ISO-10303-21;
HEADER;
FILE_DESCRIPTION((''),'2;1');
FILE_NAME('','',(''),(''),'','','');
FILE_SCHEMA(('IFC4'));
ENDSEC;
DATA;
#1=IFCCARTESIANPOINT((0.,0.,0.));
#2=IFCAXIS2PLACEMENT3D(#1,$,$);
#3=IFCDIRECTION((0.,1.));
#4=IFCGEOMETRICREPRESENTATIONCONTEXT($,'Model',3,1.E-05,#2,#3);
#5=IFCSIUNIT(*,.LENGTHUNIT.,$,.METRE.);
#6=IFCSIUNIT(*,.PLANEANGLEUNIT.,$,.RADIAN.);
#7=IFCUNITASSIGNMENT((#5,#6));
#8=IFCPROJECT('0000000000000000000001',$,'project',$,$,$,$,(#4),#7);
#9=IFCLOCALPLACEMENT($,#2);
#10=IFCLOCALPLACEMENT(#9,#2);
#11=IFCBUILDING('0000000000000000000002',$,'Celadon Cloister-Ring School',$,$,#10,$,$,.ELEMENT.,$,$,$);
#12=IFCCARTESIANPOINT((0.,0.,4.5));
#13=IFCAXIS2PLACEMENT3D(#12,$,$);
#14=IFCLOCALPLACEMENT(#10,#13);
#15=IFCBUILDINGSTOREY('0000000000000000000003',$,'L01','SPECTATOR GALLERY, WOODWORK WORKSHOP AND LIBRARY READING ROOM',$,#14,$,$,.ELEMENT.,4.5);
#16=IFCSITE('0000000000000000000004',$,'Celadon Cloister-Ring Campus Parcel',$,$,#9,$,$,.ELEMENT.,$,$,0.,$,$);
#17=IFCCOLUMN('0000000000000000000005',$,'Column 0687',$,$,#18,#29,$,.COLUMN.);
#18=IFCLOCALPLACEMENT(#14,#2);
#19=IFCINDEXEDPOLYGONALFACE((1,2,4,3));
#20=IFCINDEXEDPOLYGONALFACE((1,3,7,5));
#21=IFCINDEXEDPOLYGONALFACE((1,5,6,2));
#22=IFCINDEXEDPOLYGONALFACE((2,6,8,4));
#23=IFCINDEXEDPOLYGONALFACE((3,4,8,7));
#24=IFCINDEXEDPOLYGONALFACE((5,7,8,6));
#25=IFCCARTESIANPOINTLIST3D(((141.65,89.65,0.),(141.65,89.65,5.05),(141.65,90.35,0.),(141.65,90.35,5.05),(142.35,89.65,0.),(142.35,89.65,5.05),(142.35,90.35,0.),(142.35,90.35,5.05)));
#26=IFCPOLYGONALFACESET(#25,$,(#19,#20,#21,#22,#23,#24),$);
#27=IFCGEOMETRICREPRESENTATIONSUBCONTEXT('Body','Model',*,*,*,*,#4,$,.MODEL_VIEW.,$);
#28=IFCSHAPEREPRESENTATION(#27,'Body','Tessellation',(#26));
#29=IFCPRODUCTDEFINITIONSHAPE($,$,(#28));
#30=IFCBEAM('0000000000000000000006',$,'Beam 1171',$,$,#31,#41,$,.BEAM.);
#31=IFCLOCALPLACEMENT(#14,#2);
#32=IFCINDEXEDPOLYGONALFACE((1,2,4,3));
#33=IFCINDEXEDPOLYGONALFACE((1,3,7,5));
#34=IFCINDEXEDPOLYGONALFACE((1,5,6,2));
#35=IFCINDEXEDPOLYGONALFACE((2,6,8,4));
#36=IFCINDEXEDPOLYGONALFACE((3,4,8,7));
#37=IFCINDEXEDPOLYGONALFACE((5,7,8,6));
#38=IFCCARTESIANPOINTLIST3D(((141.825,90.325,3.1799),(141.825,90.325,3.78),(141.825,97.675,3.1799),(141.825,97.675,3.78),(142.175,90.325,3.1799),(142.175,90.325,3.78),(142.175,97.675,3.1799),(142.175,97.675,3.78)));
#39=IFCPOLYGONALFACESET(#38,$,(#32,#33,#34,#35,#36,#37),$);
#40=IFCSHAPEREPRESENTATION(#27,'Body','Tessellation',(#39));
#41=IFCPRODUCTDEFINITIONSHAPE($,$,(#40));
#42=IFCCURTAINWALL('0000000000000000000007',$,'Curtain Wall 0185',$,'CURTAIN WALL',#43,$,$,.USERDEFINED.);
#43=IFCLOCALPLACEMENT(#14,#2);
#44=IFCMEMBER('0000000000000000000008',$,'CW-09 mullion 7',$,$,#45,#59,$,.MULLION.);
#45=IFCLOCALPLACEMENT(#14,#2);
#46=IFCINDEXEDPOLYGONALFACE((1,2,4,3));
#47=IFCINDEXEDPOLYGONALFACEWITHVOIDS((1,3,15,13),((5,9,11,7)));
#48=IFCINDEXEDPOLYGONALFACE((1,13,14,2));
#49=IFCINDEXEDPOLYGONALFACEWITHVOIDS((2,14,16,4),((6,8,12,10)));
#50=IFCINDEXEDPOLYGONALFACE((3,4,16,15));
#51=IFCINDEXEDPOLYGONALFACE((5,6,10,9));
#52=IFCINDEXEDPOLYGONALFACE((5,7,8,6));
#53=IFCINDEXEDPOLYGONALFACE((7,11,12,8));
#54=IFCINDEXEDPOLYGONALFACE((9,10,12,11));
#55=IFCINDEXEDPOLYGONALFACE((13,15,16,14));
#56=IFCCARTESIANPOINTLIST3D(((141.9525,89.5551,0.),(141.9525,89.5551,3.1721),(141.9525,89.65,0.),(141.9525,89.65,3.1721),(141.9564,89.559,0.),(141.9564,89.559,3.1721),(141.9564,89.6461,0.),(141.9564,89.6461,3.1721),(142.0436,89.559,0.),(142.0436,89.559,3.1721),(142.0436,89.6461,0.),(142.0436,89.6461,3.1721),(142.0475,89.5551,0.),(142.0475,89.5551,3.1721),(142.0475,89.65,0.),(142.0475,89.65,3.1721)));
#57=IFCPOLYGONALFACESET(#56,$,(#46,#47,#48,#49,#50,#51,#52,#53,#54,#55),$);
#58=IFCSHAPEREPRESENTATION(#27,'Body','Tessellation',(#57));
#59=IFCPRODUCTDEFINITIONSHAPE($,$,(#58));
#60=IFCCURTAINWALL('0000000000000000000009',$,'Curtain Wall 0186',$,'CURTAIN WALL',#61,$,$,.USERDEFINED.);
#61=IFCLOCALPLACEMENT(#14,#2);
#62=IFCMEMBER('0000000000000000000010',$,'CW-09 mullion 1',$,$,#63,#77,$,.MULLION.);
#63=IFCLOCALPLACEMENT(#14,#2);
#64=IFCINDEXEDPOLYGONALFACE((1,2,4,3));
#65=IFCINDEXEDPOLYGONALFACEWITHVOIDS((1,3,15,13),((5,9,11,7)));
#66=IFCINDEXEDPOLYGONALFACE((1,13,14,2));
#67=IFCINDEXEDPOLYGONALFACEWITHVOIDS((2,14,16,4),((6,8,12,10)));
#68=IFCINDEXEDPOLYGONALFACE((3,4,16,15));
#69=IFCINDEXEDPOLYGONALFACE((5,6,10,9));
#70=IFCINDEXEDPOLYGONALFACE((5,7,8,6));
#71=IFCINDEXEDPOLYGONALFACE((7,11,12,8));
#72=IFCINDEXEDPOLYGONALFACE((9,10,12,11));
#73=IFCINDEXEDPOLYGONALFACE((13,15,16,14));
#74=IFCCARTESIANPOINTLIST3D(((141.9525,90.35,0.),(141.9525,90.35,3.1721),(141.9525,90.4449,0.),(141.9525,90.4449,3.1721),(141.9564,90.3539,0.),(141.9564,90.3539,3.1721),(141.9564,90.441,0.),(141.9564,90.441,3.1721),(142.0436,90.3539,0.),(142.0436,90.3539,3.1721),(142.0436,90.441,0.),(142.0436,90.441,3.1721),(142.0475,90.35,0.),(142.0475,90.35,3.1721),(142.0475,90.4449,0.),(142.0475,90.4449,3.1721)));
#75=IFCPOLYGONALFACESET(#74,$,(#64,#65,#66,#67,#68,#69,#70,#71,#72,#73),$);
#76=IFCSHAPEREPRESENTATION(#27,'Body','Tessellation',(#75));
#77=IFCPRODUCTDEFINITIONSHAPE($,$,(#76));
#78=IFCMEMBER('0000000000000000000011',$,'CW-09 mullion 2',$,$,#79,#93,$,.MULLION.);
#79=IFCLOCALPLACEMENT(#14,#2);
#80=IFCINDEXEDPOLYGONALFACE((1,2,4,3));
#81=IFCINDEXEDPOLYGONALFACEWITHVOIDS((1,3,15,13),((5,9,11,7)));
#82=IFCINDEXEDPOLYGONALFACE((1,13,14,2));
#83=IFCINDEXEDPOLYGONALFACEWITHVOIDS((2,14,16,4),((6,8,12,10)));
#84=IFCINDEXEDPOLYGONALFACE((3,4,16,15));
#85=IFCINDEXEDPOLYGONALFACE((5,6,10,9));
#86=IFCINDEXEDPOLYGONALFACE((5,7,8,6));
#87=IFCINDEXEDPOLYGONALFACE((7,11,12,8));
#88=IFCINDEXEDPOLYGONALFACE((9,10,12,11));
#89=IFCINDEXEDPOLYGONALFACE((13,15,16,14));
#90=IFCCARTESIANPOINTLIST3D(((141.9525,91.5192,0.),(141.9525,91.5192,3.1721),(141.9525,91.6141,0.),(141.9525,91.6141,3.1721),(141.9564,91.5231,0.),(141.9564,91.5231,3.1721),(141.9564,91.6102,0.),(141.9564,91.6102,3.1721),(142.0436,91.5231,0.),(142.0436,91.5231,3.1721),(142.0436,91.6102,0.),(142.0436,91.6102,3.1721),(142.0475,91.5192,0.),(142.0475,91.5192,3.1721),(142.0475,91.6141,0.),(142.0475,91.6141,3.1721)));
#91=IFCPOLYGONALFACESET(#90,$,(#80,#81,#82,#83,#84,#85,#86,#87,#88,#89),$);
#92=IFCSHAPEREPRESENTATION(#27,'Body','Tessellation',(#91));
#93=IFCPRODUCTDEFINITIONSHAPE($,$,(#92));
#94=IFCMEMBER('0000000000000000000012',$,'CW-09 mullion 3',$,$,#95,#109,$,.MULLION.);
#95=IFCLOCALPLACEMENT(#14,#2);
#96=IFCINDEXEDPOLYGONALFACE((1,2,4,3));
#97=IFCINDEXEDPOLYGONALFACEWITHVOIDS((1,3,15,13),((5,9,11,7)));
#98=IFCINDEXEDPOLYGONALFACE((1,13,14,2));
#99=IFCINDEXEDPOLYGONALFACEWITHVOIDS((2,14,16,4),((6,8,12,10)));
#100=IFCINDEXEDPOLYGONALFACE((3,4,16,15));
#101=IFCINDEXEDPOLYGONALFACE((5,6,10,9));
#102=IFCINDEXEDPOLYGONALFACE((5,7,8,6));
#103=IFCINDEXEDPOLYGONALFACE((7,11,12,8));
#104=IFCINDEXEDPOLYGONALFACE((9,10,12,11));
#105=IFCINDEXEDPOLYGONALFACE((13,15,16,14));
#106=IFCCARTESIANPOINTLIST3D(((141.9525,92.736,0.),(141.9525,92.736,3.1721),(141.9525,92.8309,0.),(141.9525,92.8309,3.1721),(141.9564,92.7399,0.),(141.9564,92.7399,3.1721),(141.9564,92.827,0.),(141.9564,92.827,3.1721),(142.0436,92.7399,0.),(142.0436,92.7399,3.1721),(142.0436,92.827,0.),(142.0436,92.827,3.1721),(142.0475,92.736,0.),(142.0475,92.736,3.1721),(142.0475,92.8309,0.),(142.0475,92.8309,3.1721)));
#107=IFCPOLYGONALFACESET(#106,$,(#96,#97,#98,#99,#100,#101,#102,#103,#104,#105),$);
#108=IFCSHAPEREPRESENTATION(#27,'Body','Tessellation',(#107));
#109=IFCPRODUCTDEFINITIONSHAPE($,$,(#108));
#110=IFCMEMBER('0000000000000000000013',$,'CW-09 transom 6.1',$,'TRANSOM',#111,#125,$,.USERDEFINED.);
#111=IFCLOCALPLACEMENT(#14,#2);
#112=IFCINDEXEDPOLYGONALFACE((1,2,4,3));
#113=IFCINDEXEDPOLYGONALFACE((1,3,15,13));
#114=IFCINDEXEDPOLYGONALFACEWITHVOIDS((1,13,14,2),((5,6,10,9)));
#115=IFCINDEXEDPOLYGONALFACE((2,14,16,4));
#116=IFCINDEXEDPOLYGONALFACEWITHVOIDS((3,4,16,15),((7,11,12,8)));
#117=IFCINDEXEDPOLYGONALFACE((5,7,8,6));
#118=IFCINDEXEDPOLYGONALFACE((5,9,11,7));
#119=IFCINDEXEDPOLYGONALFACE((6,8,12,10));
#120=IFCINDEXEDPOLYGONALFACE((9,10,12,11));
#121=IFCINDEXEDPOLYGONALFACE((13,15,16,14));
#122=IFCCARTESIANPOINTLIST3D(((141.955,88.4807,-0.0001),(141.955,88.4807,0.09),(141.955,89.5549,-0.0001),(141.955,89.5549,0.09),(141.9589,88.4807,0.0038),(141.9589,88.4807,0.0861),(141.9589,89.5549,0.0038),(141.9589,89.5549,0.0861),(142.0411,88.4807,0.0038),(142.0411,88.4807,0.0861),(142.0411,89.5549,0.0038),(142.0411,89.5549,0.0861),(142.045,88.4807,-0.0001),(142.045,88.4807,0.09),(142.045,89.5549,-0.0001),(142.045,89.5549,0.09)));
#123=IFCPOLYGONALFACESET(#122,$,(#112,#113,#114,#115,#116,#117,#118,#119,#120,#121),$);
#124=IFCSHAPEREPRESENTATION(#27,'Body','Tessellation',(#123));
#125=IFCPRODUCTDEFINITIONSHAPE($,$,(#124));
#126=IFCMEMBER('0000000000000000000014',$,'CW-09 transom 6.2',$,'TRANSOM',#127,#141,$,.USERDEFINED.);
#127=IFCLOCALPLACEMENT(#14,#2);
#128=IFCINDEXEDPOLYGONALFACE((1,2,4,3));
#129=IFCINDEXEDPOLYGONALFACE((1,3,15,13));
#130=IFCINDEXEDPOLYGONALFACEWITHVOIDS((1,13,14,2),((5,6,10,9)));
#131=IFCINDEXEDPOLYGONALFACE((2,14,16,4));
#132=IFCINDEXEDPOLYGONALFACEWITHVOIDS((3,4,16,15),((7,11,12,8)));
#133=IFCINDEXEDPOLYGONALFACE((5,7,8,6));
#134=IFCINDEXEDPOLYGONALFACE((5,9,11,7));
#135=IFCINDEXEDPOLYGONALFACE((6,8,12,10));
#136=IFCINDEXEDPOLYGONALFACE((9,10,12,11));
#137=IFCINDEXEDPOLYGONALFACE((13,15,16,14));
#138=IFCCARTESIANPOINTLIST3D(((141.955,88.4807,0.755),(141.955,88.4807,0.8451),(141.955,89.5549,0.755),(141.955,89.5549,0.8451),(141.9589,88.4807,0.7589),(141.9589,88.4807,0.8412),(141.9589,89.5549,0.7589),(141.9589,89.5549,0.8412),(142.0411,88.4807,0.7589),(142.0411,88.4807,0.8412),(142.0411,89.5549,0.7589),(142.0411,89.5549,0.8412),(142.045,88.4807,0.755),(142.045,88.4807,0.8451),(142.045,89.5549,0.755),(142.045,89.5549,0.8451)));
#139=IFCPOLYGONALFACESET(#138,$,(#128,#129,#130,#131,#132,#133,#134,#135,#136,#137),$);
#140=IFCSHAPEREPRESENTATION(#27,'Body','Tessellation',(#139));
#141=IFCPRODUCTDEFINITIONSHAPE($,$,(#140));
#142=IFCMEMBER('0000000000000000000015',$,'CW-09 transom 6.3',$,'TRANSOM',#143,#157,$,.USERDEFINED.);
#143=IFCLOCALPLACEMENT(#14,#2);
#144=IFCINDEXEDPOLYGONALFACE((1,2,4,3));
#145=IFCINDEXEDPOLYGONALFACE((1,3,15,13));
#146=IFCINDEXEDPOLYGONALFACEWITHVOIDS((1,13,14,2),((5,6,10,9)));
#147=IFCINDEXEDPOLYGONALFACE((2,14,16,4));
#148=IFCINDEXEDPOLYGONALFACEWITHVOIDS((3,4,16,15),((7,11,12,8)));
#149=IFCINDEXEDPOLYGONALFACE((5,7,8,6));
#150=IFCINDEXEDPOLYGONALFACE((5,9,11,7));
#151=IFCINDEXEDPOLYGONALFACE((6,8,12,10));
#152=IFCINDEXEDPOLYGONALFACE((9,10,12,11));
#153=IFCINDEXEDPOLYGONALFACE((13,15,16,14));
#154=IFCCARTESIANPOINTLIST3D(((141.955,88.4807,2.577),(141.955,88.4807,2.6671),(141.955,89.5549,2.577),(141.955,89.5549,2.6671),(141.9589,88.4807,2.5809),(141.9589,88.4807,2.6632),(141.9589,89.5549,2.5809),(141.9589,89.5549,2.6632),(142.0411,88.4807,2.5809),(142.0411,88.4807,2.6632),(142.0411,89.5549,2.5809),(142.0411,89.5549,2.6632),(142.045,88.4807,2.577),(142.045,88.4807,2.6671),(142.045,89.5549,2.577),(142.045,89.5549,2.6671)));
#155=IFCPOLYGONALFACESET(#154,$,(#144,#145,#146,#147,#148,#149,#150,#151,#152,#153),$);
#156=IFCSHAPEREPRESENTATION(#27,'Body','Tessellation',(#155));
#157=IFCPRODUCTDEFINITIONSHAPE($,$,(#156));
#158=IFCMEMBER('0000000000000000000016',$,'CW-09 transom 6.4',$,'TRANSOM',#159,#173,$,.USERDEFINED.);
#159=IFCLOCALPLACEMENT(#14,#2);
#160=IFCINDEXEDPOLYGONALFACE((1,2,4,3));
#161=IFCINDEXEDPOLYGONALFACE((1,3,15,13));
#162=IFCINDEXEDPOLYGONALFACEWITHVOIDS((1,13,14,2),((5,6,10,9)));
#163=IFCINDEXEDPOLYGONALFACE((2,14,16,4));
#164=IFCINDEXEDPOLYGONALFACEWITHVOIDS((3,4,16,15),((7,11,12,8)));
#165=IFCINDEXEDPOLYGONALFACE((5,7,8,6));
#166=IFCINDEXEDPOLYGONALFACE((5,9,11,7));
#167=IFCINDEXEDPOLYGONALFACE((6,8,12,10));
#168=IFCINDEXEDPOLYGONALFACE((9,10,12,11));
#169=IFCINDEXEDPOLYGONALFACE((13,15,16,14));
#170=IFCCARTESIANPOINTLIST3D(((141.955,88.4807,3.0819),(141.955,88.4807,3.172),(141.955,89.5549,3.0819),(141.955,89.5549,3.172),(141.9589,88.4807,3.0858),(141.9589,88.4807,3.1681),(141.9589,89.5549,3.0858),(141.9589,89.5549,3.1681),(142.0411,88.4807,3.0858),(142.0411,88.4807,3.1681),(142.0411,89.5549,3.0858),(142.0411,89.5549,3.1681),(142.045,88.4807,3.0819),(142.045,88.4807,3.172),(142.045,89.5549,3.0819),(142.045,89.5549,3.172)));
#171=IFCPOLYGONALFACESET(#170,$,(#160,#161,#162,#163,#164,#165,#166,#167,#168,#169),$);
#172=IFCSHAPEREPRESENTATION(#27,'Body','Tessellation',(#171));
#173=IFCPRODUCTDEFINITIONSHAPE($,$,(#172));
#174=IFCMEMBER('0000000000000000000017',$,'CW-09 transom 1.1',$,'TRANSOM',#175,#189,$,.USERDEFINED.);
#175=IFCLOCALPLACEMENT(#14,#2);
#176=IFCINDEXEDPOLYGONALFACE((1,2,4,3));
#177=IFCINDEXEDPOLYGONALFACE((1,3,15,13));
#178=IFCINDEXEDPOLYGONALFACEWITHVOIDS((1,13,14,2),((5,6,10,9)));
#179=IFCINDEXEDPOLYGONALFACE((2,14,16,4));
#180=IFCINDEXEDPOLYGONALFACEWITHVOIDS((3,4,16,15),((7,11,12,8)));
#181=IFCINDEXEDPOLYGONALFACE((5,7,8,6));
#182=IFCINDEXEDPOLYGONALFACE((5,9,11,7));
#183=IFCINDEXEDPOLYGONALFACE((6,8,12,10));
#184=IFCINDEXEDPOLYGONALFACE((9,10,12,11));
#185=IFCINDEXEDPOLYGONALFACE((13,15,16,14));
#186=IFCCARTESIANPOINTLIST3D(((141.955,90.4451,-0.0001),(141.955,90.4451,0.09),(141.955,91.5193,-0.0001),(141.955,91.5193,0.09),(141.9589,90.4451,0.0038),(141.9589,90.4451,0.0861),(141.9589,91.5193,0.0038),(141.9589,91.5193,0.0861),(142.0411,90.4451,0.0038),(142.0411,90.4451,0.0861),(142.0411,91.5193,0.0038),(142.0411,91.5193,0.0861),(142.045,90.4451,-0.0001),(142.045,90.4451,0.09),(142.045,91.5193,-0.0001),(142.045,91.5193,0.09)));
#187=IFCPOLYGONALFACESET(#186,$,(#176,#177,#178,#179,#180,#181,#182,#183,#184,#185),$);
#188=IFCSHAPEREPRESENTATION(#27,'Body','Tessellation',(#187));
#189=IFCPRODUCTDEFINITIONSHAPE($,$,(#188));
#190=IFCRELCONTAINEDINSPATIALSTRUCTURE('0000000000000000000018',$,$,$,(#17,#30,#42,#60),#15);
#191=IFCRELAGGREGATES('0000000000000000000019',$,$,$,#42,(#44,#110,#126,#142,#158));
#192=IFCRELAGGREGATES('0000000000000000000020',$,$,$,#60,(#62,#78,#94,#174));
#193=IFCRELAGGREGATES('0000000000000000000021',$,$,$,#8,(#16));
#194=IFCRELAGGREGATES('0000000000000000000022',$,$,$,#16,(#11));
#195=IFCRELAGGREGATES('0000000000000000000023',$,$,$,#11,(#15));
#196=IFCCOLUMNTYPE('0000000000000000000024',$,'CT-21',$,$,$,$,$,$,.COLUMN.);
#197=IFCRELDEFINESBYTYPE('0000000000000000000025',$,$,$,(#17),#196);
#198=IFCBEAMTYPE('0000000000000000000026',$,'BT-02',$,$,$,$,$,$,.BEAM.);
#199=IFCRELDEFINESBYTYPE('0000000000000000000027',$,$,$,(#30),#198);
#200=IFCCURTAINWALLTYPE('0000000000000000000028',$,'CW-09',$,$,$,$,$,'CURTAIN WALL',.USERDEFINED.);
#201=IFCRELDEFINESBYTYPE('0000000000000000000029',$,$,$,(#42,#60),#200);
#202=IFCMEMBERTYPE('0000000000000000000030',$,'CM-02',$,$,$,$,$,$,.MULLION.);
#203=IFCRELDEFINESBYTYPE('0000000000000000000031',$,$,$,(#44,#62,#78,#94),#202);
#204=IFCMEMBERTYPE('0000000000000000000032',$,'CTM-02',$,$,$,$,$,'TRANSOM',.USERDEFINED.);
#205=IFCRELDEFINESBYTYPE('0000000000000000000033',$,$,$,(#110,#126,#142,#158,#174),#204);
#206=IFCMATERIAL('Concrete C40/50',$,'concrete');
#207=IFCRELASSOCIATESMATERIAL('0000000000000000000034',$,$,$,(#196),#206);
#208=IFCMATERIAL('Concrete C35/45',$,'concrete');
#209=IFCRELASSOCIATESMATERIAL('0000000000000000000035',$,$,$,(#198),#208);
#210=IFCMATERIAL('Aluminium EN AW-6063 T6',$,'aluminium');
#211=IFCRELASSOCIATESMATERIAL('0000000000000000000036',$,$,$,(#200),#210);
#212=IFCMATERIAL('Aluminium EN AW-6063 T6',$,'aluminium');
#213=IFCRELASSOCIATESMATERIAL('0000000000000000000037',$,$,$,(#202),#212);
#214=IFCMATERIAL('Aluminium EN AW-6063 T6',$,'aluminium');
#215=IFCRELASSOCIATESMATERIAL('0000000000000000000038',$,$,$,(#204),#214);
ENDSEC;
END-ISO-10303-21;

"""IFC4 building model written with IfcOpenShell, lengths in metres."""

from ifc_helpers import new_model, si_unit, direction, frame, origin, origin_2d, place, context, subcontext, project, spatial, rectangle, hollow_rectangle, extrude, material, material_profile, profile_set, type_object, element, aggregate, save


model = new_model("IFC4")

# Units and contexts
model_context = context("Model", 3, precision=1e-05, world=origin(), true_north=direction((0.0, 1.0)))
body_context = subcontext(model_context, "Body", "Model", "MODEL_VIEW")
ifc_project = project(units=[si_unit("LENGTHUNIT", "METRE"), si_unit("PLANEANGLEUNIT", "RADIAN")], contexts=[model_context])

# Site, building, storey
site_placement = place(None, origin())
site = spatial("IfcSite", under=ifc_project, at=site_placement, Name="Celadon Cloister-Ring Campus Parcel", CompositionType="ELEMENT", RefElevation=0.0)
building_placement = place(site_placement, origin())
building = spatial("IfcBuilding", under=site, at=building_placement, Name="Celadon Cloister-Ring School", CompositionType="ELEMENT")
storey_placement = place(building_placement, frame((0.0, 0.0, 4.5)))
storey = spatial("IfcBuildingStorey", under=building, at=storey_placement, Name="L01", Description="SPECTATOR GALLERY, WOODWORK WORKSHOP AND LIBRARY READING ROOM", CompositionType="ELEMENT", Elevation=4.5)

# Column
ifc_material_1 = material(Name="Concrete C40/50", Category="concrete")
ifc_material_profile_1 = material_profile(ifc_material_1, rectangle(XDim=0.7, YDim=0.7, at=origin_2d()), Name="RC700X700")
ifc_profile_set_1 = profile_set([ifc_material_profile_1], Name="Concrete C40/50")
column_type = type_object("IfcColumnType", Name="CT-21", PredefinedType="COLUMN", material=ifc_profile_set_1)
column_placement = place(storey_placement, frame((142.0, 90.0, 0.0), z_axis=(0.0, 0.0, 1.0), x_axis=(1.0, 0.0, 0.0)))
element("IfcColumn", 1, at=column_placement, inside=storey, type_object=column_type, Name="Column 0687", PredefinedType="COLUMN", context=body_context, shape_type="SweptSolid", body=[
    extrude(rectangle(XDim=0.7, YDim=0.7, at=origin_2d()), origin(), (0.0, 0.0, 1.0), 5.05),
])

# Beam
ifc_material_2 = material(Name="Concrete C35/45", Category="concrete")
ifc_material_profile_2 = material_profile(ifc_material_2, rectangle(XDim=0.3501, YDim=0.6001, at=origin_2d()), Name="RC350X600")
ifc_profile_set_2 = profile_set([ifc_material_profile_2], Name="Concrete C35/45")
beam_type_1 = type_object("IfcBeamType", Name="BT-02", PredefinedType="BEAM", material=ifc_profile_set_2)
beam_1_placement = place(storey_placement, frame((142.0, 90.325, 3.48), z_axis=(0.0, 1.0, 0.0), x_axis=(-1.0, 0.0, 0.0)))
element("IfcBeam", 2, at=beam_1_placement, inside=storey, type_object=beam_type_1, Name="Beam 1171", PredefinedType="BEAM", context=body_context, shape_type="SweptSolid", body=[
    extrude(rectangle(XDim=0.3501, YDim=0.6001, at=origin_2d()), origin(), (0.0, 0.0, 1.0), 7.3501),
])

# Curtain wall, member
ifc_material_3 = material(Name="Aluminium EN AW-6063 T6", Category="aluminium")
curtain_wall_type = type_object("IfcCurtainWallType", Name="CW-09", ElementType="CURTAIN WALL", PredefinedType="USERDEFINED", material=ifc_material_3)
curtain_wall_1_placement = place(storey_placement, origin())
curtain_wall_1 = element("IfcCurtainWall", 3, at=curtain_wall_1_placement, inside=storey, type_object=curtain_wall_type, Name="Curtain Wall 0185", ObjectType="CURTAIN WALL", PredefinedType="USERDEFINED")
ifc_material_4 = material(Name="Aluminium EN AW-6063 T6", Category="aluminium")
ifc_material_profile_3 = material_profile(ifc_material_4, hollow_rectangle(XDim=0.095, YDim=0.095, WallThickness=0.0039, at=origin_2d()), Name="RHS95X95X4")
ifc_profile_set_3 = profile_set([ifc_material_profile_3], Name="Aluminium EN AW-6063 T6")
member_type_1 = type_object("IfcMemberType", Name="CM-02", PredefinedType="MULLION", material=ifc_profile_set_3)
member_1_placement = place(storey_placement, frame((142.0, 89.6025, 0.0), z_axis=(0.0, 0.0, 1.0), x_axis=(-1.0, 0.0, 0.0)))
member_1 = element("IfcMember", 4, at=member_1_placement, type_object=member_type_1, Name="CW-09 mullion 7", PredefinedType="MULLION", context=body_context, shape_type="SweptSolid", body=[
    extrude(hollow_rectangle(XDim=0.095, YDim=0.095, WallThickness=0.0039, at=origin_2d()), origin(), (0.0, 0.0, 1.0), 3.1721),
])

# Curtain wall, members
curtain_wall_2_placement = place(storey_placement, origin())
curtain_wall_2 = element("IfcCurtainWall", 5, at=curtain_wall_2_placement, inside=storey, type_object=curtain_wall_type, Name="Curtain Wall 0186", ObjectType="CURTAIN WALL", PredefinedType="USERDEFINED")
member_2_placement = place(storey_placement, frame((142.0, 90.3975, 0.0), z_axis=(0.0, 0.0, 1.0), x_axis=(-1.0, 0.0, 0.0)))
member_2 = element("IfcMember", 6, at=member_2_placement, type_object=member_type_1, Name="CW-09 mullion 1", PredefinedType="MULLION", context=body_context, shape_type="SweptSolid", body=[
    extrude(hollow_rectangle(XDim=0.095, YDim=0.095, WallThickness=0.0039, at=origin_2d()), origin(), (0.0, 0.0, 1.0), 3.1721),
])
member_3_placement = place(storey_placement, frame((142.0, 91.5667, 0.0), z_axis=(0.0, 0.0, 1.0), x_axis=(-1.0, 0.0, 0.0)))
member_3 = element("IfcMember", 7, at=member_3_placement, type_object=member_type_1, Name="CW-09 mullion 2", PredefinedType="MULLION", context=body_context, shape_type="SweptSolid", body=[
    extrude(hollow_rectangle(XDim=0.095, YDim=0.095, WallThickness=0.0039, at=origin_2d()), origin(), (0.0, 0.0, 1.0), 3.1721),
])
member_4_placement = place(storey_placement, frame((142.0, 92.7834, 0.0), z_axis=(0.0, 0.0, 1.0), x_axis=(-1.0, 0.0, 0.0)))
member_4 = element("IfcMember", 8, at=member_4_placement, type_object=member_type_1, Name="CW-09 mullion 3", PredefinedType="MULLION", context=body_context, shape_type="SweptSolid", body=[
    extrude(hollow_rectangle(XDim=0.095, YDim=0.095, WallThickness=0.0039, at=origin_2d()), origin(), (0.0, 0.0, 1.0), 3.1721),
])

# Members
ifc_material_5 = material(Name="Aluminium EN AW-6063 T6", Category="aluminium")
ifc_material_profile_4 = material_profile(ifc_material_5, hollow_rectangle(XDim=0.0901, YDim=0.0901, WallThickness=0.0039, at=origin_2d()), Name="RHS90X90X4")
ifc_profile_set_4 = profile_set([ifc_material_profile_4], Name="Aluminium EN AW-6063 T6")
member_type_2 = type_object("IfcMemberType", Name="CTM-02", ElementType="TRANSOM", PredefinedType="USERDEFINED", material=ifc_profile_set_4)
member_5_placement = place(storey_placement, frame((142.0, 88.4807, 0.0449), z_axis=(0.0, 1.0, 0.0), x_axis=(-1.0, 0.0, 0.0)))
member_5 = element("IfcMember", 9, at=member_5_placement, type_object=member_type_2, Name="CW-09 transom 6.1", ObjectType="TRANSOM", PredefinedType="USERDEFINED", context=body_context, shape_type="SweptSolid", body=[
    extrude(hollow_rectangle(XDim=0.0901, YDim=0.0901, WallThickness=0.0039, at=origin_2d()), origin(), (0.0, 0.0, 1.0), 1.0742),
])
member_6_placement = place(storey_placement, frame((142.0, 88.4807, 0.8), z_axis=(0.0, 1.0, 0.0), x_axis=(-1.0, 0.0, 0.0)))
member_6 = element("IfcMember", 10, at=member_6_placement, type_object=member_type_2, Name="CW-09 transom 6.2", ObjectType="TRANSOM", PredefinedType="USERDEFINED", context=body_context, shape_type="SweptSolid", body=[
    extrude(hollow_rectangle(XDim=0.0901, YDim=0.0901, WallThickness=0.0039, at=origin_2d()), origin(), (0.0, 0.0, 1.0), 1.0742),
])
member_7_placement = place(storey_placement, frame((142.0, 88.4807, 2.6221), z_axis=(0.0, 1.0, 0.0), x_axis=(-1.0, 0.0, 0.0)))
member_7 = element("IfcMember", 11, at=member_7_placement, type_object=member_type_2, Name="CW-09 transom 6.3", ObjectType="TRANSOM", PredefinedType="USERDEFINED", context=body_context, shape_type="SweptSolid", body=[
    extrude(hollow_rectangle(XDim=0.0901, YDim=0.0901, WallThickness=0.0039, at=origin_2d()), origin(), (0.0, 0.0, 1.0), 1.0742),
])
member_8_placement = place(storey_placement, frame((142.0, 88.4807, 3.127), z_axis=(0.0, 1.0, 0.0), x_axis=(-1.0, 0.0, 0.0)))
member_8 = element("IfcMember", 12, at=member_8_placement, type_object=member_type_2, Name="CW-09 transom 6.4", ObjectType="TRANSOM", PredefinedType="USERDEFINED", context=body_context, shape_type="SweptSolid", body=[
    extrude(hollow_rectangle(XDim=0.0901, YDim=0.0901, WallThickness=0.0039, at=origin_2d()), origin(), (0.0, 0.0, 1.0), 1.0742),
])
member_9_placement = place(storey_placement, frame((142.0, 90.4451, 0.0449), z_axis=(0.0, 1.0, 0.0), x_axis=(-1.0, 0.0, 0.0)))
member_9 = element("IfcMember", 13, at=member_9_placement, type_object=member_type_2, Name="CW-09 transom 1.1", ObjectType="TRANSOM", PredefinedType="USERDEFINED", context=body_context, shape_type="SweptSolid", body=[
    extrude(hollow_rectangle(XDim=0.0901, YDim=0.0901, WallThickness=0.0039, at=origin_2d()), origin(), (0.0, 0.0, 1.0), 1.0742),
])

aggregate(curtain_wall_1, [member_1, member_5, member_6, member_7, member_8])
aggregate(curtain_wall_2, [member_2, member_3, member_4, member_9])

save(model, "model.ifc")
